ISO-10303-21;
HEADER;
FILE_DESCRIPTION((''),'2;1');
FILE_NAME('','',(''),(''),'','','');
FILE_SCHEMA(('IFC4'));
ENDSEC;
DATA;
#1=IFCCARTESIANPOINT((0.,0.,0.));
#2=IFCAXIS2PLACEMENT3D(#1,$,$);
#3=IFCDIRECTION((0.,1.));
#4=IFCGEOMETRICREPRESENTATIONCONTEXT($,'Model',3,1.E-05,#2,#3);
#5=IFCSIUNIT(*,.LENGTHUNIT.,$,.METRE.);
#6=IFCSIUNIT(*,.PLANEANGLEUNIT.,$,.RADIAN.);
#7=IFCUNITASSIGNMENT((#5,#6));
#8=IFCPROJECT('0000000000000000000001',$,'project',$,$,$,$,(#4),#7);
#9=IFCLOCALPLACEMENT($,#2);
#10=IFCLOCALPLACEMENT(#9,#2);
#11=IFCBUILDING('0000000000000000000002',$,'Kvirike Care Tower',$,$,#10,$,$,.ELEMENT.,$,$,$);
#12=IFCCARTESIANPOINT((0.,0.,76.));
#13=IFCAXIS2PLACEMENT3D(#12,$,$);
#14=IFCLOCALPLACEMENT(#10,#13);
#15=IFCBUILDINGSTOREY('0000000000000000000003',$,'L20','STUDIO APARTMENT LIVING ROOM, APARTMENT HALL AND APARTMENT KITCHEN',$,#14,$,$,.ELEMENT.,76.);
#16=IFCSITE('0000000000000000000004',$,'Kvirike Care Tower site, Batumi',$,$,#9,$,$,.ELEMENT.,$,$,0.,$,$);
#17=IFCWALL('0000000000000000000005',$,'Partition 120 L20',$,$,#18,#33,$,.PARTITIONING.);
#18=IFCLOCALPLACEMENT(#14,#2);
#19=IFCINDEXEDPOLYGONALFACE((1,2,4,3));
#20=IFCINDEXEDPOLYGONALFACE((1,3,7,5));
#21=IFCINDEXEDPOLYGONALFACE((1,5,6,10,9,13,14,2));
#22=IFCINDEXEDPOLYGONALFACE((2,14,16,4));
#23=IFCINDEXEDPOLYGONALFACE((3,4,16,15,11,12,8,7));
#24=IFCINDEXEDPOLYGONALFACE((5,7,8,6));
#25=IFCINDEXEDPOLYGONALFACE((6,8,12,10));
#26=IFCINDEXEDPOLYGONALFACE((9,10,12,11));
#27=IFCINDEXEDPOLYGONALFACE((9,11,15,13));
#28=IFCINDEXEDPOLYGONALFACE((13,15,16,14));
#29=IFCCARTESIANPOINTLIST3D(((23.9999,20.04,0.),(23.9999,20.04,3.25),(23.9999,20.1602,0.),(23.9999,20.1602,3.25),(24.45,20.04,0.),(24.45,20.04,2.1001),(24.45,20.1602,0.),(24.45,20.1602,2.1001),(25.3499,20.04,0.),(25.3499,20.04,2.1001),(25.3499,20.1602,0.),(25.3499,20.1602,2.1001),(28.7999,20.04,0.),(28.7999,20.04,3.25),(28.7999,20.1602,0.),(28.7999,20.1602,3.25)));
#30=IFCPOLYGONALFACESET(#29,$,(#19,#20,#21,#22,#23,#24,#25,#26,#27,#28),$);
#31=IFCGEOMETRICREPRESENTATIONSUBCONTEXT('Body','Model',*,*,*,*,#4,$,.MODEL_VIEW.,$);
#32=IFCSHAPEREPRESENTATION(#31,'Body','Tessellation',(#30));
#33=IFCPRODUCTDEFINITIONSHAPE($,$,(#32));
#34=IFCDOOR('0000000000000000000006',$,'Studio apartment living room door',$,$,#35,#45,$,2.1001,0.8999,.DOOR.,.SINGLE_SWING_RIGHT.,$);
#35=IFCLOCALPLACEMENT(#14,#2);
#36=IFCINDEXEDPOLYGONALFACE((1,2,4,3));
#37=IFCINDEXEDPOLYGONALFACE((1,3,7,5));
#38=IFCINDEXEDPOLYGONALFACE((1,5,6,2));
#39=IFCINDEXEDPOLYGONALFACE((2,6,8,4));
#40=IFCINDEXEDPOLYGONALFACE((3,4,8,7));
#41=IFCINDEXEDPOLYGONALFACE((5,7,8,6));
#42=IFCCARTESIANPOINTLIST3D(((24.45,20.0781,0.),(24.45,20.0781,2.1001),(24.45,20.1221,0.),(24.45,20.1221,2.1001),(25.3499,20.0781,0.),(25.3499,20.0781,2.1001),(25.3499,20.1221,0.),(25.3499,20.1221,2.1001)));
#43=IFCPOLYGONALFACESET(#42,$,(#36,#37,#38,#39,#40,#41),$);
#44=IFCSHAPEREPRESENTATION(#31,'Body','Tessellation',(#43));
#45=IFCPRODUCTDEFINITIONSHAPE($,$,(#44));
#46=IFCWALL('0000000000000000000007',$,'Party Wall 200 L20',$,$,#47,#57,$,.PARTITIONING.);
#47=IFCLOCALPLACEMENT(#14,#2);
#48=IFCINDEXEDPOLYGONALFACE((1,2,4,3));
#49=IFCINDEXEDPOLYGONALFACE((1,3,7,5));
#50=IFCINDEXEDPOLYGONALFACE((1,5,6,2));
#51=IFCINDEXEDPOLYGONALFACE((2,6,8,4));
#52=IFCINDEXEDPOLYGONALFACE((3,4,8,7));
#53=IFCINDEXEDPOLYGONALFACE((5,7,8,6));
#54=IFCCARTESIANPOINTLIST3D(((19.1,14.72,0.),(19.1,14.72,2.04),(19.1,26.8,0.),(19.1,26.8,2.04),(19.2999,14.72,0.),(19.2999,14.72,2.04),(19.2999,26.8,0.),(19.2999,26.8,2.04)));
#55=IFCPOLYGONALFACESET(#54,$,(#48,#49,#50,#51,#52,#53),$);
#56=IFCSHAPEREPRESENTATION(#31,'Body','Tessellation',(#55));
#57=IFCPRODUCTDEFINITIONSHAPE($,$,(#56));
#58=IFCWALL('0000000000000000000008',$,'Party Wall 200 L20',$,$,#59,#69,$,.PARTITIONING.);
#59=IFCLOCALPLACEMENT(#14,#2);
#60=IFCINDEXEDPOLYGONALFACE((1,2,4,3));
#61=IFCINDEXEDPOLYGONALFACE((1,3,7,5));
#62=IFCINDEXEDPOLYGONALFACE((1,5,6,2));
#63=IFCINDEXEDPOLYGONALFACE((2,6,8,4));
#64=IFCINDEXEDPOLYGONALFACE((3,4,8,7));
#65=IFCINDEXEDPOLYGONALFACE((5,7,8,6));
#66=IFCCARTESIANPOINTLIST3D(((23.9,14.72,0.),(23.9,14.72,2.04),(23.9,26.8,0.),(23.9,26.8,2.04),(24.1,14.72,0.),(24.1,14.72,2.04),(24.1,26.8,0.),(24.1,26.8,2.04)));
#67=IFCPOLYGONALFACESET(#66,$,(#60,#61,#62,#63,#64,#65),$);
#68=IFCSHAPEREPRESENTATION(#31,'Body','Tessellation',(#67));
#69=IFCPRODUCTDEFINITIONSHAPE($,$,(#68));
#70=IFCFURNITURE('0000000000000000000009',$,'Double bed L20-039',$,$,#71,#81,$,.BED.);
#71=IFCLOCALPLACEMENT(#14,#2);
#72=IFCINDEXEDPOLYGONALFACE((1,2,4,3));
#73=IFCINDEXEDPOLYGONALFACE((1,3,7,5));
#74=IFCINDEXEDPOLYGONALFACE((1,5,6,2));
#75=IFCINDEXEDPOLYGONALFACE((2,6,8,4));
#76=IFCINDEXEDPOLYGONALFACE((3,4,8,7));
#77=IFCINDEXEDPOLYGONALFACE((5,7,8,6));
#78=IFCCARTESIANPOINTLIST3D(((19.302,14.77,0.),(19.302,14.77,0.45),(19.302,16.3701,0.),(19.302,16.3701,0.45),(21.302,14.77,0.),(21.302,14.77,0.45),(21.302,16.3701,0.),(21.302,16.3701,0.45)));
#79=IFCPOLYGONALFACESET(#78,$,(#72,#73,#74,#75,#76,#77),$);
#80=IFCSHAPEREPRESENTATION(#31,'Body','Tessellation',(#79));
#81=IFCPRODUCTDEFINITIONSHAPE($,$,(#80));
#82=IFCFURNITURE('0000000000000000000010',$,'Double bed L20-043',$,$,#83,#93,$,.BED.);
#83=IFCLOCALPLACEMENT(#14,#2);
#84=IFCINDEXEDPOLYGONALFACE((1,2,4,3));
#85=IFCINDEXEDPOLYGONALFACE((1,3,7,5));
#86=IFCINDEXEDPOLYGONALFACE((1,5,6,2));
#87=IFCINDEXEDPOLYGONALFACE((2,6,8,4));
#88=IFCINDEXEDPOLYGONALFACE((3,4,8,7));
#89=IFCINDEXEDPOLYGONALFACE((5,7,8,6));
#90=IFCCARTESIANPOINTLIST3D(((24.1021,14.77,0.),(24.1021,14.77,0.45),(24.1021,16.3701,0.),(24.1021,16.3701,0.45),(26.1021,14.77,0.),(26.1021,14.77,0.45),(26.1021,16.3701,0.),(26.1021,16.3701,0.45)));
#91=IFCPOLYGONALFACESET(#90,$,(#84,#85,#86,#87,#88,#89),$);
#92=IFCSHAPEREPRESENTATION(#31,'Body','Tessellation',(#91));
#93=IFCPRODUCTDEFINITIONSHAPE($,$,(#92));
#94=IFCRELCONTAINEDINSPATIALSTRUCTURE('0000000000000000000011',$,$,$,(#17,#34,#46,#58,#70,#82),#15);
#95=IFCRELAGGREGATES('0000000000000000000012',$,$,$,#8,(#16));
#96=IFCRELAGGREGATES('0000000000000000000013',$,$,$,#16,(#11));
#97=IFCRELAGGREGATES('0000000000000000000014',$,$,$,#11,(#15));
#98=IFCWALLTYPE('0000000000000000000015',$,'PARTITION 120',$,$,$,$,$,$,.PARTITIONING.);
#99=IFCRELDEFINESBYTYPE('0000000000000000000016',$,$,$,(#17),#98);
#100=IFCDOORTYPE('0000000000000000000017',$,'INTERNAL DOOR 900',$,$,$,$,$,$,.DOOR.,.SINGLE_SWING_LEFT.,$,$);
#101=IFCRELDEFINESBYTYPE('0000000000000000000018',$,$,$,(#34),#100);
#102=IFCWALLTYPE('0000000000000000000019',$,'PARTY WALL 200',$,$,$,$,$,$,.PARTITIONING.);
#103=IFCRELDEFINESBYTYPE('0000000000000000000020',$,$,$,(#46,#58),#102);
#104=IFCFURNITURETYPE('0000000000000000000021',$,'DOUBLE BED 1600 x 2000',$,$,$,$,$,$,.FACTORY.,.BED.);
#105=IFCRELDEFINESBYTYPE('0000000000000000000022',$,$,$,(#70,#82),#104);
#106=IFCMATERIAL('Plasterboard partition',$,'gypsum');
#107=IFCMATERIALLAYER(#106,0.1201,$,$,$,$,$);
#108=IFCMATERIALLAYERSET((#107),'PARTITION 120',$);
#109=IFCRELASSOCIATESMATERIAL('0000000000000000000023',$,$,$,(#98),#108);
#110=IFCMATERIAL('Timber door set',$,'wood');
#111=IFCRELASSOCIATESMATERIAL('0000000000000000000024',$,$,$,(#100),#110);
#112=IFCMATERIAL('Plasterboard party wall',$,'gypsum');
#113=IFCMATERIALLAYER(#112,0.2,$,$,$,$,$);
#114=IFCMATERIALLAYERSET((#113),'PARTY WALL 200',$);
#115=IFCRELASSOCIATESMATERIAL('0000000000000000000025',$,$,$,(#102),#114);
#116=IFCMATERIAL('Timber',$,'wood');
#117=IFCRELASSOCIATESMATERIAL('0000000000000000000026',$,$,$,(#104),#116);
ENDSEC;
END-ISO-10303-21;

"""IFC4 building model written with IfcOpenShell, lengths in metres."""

from ifc_helpers import new_model, si_unit, direction, frame, frame_2d, origin, origin_2d, place, context, subcontext, project, spatial, rectangle, extrude, material, layer, layer_set, type_object, element, fill, save


model = new_model("IFC4")

# Units and contexts
model_context = context("Model", 3, precision=1e-05, world=origin(), true_north=direction((0.0, 1.0)))
body_context = subcontext(model_context, "Body", "Model", "MODEL_VIEW")
ifc_project = project(units=[si_unit("LENGTHUNIT", "METRE"), si_unit("PLANEANGLEUNIT", "RADIAN")], contexts=[model_context])

# Site, building, storey
site_placement = place(None, origin())
site = spatial("IfcSite", under=ifc_project, at=site_placement, Name="Kvirike Care Tower site, Batumi", CompositionType="ELEMENT", RefElevation=0.0)
building_placement = place(site_placement, origin())
building = spatial("IfcBuilding", under=site, at=building_placement, Name="Kvirike Care Tower", CompositionType="ELEMENT")
storey_placement = place(building_placement, frame((0.0, 0.0, 76.0)))
storey = spatial("IfcBuildingStorey", under=building, at=storey_placement, Name="L20", Description="STUDIO APARTMENT LIVING ROOM, APARTMENT HALL AND APARTMENT KITCHEN", CompositionType="ELEMENT", Elevation=76.0)

# Wall, opening, door
ifc_material_1 = material(Name="Plasterboard partition", Category="gypsum")
ifc_layer_1 = layer(ifc_material_1, 0.1201)
ifc_layer_set_1 = layer_set([ifc_layer_1], Name="PARTITION 120")
wall_type_1 = type_object("IfcWallType", Name="PARTITION 120", PredefinedType="PARTITIONING", material=ifc_layer_set_1)
ifc_material_2 = material(Name="Timber door set", Category="wood")
door_type = type_object("IfcDoorType", Name="INTERNAL DOOR 900", OperationType="SINGLE_SWING_LEFT", PredefinedType="DOOR", material=ifc_material_2)
wall_1_placement = place(storey_placement, frame((24.0, 20.1001, 0.0), z_axis=(0.0, 0.0, 1.0), x_axis=(1.0, 0.0, 0.0)))
wall_1 = element("IfcWall", 1, at=wall_1_placement, inside=storey, type_object=wall_type_1, Name="Partition 120 L20", PredefinedType="PARTITIONING", context=body_context, shape_type="SweptSolid", body=[
    extrude(rectangle(XDim=4.8, YDim=0.1201, at=frame_2d((2.3999, 0.0))), origin(), (0.0, 0.0, 1.0), 3.25),
])
opening_1_placement = place(wall_1_placement, frame((0.45, 0.0, 0.0)))
opening_1 = element("IfcOpeningElement", 2, at=opening_1_placement, cuts=wall_1, PredefinedType="OPENING", context=body_context, shape_type="SweptSolid", body=[
    extrude(rectangle(XDim=0.8999, YDim=2.1001, at=frame_2d((0.45, 1.05))), frame((0.0, 0.0706, 0.0), z_axis=(0.0, -1.0, 0.0), x_axis=(1.0, 0.0, 0.0)), (0.0, 0.0, 1.0), 0.1411),
])
door_1_placement = place(opening_1_placement, origin())
door_1 = element("IfcDoor", 3, at=door_1_placement, inside=storey, type_object=door_type, Name="Studio apartment living room door", OperationType="SINGLE_SWING_RIGHT", OverallHeight=2.1001, OverallWidth=0.8999, PredefinedType="DOOR", context=body_context, shape_type="SweptSolid", body=[
    extrude(rectangle(XDim=0.8999, YDim=2.1001, at=frame_2d((0.45, 1.05))), frame((0.0, 0.022, 0.0), z_axis=(0.0, -1.0, 0.0), x_axis=(1.0, 0.0, 0.0)), (0.0, 0.0, 1.0), 0.0439),
])
fill(opening_1, door_1)

# Walls
ifc_material_3 = material(Name="Plasterboard party wall", Category="gypsum")
ifc_layer_2 = layer(ifc_material_3, 0.2)
ifc_layer_set_2 = layer_set([ifc_layer_2], Name="PARTY WALL 200")
wall_type_2 = type_object("IfcWallType", Name="PARTY WALL 200", PredefinedType="PARTITIONING", material=ifc_layer_set_2)
for number, where, z_axis, x_axis, name in (
    (4, (19.2, 14.72, 0.0), (0.0, 0.0, 1.0), (0.0, 1.0, 0.0), "Party Wall 200 L20"),
    (5, (24.0, 14.72, 0.0), (0.0, 0.0, 1.0), (0.0, 1.0, 0.0), "Party Wall 200 L20"),
):
    element("IfcWall", number, at=place(storey_placement, frame(where, z_axis=z_axis, x_axis=x_axis)), inside=storey, type_object=wall_type_2, Name=name, PredefinedType="PARTITIONING", context=body_context, shape_type="SweptSolid", body=[
        extrude(rectangle(XDim=12.0801, YDim=0.2, at=frame_2d((6.04, 0.0))), origin(), (0.0, 0.0, 1.0), 2.04),
    ])

# Furniture
ifc_material_4 = material(Name="Timber", Category="wood")
furniture_type = type_object("IfcFurnitureType", Name="DOUBLE BED 1600 x 2000", AssemblyPlace="FACTORY", PredefinedType="BED", material=ifc_material_4)
for number, where, z_axis, x_axis, name in (
    (6, (20.302, 15.5701, 0.0), (0.0, 0.0, 1.0), (0.0, 1.0, 0.0), "Double bed L20-039"),
    (7, (25.1021, 15.5701, 0.0), (0.0, 0.0, 1.0), (0.0, 1.0, 0.0), "Double bed L20-043"),
):
    element("IfcFurniture", number, at=place(storey_placement, frame(where, z_axis=z_axis, x_axis=x_axis)), inside=storey, type_object=furniture_type, Name=name, PredefinedType="BED", context=body_context, shape_type="SweptSolid", body=[
        extrude(rectangle(XDim=1.6001, YDim=2.0, at=origin_2d()), origin(), (0.0, 0.0, 1.0), 0.45),
    ])

save(model, "model.ifc")
